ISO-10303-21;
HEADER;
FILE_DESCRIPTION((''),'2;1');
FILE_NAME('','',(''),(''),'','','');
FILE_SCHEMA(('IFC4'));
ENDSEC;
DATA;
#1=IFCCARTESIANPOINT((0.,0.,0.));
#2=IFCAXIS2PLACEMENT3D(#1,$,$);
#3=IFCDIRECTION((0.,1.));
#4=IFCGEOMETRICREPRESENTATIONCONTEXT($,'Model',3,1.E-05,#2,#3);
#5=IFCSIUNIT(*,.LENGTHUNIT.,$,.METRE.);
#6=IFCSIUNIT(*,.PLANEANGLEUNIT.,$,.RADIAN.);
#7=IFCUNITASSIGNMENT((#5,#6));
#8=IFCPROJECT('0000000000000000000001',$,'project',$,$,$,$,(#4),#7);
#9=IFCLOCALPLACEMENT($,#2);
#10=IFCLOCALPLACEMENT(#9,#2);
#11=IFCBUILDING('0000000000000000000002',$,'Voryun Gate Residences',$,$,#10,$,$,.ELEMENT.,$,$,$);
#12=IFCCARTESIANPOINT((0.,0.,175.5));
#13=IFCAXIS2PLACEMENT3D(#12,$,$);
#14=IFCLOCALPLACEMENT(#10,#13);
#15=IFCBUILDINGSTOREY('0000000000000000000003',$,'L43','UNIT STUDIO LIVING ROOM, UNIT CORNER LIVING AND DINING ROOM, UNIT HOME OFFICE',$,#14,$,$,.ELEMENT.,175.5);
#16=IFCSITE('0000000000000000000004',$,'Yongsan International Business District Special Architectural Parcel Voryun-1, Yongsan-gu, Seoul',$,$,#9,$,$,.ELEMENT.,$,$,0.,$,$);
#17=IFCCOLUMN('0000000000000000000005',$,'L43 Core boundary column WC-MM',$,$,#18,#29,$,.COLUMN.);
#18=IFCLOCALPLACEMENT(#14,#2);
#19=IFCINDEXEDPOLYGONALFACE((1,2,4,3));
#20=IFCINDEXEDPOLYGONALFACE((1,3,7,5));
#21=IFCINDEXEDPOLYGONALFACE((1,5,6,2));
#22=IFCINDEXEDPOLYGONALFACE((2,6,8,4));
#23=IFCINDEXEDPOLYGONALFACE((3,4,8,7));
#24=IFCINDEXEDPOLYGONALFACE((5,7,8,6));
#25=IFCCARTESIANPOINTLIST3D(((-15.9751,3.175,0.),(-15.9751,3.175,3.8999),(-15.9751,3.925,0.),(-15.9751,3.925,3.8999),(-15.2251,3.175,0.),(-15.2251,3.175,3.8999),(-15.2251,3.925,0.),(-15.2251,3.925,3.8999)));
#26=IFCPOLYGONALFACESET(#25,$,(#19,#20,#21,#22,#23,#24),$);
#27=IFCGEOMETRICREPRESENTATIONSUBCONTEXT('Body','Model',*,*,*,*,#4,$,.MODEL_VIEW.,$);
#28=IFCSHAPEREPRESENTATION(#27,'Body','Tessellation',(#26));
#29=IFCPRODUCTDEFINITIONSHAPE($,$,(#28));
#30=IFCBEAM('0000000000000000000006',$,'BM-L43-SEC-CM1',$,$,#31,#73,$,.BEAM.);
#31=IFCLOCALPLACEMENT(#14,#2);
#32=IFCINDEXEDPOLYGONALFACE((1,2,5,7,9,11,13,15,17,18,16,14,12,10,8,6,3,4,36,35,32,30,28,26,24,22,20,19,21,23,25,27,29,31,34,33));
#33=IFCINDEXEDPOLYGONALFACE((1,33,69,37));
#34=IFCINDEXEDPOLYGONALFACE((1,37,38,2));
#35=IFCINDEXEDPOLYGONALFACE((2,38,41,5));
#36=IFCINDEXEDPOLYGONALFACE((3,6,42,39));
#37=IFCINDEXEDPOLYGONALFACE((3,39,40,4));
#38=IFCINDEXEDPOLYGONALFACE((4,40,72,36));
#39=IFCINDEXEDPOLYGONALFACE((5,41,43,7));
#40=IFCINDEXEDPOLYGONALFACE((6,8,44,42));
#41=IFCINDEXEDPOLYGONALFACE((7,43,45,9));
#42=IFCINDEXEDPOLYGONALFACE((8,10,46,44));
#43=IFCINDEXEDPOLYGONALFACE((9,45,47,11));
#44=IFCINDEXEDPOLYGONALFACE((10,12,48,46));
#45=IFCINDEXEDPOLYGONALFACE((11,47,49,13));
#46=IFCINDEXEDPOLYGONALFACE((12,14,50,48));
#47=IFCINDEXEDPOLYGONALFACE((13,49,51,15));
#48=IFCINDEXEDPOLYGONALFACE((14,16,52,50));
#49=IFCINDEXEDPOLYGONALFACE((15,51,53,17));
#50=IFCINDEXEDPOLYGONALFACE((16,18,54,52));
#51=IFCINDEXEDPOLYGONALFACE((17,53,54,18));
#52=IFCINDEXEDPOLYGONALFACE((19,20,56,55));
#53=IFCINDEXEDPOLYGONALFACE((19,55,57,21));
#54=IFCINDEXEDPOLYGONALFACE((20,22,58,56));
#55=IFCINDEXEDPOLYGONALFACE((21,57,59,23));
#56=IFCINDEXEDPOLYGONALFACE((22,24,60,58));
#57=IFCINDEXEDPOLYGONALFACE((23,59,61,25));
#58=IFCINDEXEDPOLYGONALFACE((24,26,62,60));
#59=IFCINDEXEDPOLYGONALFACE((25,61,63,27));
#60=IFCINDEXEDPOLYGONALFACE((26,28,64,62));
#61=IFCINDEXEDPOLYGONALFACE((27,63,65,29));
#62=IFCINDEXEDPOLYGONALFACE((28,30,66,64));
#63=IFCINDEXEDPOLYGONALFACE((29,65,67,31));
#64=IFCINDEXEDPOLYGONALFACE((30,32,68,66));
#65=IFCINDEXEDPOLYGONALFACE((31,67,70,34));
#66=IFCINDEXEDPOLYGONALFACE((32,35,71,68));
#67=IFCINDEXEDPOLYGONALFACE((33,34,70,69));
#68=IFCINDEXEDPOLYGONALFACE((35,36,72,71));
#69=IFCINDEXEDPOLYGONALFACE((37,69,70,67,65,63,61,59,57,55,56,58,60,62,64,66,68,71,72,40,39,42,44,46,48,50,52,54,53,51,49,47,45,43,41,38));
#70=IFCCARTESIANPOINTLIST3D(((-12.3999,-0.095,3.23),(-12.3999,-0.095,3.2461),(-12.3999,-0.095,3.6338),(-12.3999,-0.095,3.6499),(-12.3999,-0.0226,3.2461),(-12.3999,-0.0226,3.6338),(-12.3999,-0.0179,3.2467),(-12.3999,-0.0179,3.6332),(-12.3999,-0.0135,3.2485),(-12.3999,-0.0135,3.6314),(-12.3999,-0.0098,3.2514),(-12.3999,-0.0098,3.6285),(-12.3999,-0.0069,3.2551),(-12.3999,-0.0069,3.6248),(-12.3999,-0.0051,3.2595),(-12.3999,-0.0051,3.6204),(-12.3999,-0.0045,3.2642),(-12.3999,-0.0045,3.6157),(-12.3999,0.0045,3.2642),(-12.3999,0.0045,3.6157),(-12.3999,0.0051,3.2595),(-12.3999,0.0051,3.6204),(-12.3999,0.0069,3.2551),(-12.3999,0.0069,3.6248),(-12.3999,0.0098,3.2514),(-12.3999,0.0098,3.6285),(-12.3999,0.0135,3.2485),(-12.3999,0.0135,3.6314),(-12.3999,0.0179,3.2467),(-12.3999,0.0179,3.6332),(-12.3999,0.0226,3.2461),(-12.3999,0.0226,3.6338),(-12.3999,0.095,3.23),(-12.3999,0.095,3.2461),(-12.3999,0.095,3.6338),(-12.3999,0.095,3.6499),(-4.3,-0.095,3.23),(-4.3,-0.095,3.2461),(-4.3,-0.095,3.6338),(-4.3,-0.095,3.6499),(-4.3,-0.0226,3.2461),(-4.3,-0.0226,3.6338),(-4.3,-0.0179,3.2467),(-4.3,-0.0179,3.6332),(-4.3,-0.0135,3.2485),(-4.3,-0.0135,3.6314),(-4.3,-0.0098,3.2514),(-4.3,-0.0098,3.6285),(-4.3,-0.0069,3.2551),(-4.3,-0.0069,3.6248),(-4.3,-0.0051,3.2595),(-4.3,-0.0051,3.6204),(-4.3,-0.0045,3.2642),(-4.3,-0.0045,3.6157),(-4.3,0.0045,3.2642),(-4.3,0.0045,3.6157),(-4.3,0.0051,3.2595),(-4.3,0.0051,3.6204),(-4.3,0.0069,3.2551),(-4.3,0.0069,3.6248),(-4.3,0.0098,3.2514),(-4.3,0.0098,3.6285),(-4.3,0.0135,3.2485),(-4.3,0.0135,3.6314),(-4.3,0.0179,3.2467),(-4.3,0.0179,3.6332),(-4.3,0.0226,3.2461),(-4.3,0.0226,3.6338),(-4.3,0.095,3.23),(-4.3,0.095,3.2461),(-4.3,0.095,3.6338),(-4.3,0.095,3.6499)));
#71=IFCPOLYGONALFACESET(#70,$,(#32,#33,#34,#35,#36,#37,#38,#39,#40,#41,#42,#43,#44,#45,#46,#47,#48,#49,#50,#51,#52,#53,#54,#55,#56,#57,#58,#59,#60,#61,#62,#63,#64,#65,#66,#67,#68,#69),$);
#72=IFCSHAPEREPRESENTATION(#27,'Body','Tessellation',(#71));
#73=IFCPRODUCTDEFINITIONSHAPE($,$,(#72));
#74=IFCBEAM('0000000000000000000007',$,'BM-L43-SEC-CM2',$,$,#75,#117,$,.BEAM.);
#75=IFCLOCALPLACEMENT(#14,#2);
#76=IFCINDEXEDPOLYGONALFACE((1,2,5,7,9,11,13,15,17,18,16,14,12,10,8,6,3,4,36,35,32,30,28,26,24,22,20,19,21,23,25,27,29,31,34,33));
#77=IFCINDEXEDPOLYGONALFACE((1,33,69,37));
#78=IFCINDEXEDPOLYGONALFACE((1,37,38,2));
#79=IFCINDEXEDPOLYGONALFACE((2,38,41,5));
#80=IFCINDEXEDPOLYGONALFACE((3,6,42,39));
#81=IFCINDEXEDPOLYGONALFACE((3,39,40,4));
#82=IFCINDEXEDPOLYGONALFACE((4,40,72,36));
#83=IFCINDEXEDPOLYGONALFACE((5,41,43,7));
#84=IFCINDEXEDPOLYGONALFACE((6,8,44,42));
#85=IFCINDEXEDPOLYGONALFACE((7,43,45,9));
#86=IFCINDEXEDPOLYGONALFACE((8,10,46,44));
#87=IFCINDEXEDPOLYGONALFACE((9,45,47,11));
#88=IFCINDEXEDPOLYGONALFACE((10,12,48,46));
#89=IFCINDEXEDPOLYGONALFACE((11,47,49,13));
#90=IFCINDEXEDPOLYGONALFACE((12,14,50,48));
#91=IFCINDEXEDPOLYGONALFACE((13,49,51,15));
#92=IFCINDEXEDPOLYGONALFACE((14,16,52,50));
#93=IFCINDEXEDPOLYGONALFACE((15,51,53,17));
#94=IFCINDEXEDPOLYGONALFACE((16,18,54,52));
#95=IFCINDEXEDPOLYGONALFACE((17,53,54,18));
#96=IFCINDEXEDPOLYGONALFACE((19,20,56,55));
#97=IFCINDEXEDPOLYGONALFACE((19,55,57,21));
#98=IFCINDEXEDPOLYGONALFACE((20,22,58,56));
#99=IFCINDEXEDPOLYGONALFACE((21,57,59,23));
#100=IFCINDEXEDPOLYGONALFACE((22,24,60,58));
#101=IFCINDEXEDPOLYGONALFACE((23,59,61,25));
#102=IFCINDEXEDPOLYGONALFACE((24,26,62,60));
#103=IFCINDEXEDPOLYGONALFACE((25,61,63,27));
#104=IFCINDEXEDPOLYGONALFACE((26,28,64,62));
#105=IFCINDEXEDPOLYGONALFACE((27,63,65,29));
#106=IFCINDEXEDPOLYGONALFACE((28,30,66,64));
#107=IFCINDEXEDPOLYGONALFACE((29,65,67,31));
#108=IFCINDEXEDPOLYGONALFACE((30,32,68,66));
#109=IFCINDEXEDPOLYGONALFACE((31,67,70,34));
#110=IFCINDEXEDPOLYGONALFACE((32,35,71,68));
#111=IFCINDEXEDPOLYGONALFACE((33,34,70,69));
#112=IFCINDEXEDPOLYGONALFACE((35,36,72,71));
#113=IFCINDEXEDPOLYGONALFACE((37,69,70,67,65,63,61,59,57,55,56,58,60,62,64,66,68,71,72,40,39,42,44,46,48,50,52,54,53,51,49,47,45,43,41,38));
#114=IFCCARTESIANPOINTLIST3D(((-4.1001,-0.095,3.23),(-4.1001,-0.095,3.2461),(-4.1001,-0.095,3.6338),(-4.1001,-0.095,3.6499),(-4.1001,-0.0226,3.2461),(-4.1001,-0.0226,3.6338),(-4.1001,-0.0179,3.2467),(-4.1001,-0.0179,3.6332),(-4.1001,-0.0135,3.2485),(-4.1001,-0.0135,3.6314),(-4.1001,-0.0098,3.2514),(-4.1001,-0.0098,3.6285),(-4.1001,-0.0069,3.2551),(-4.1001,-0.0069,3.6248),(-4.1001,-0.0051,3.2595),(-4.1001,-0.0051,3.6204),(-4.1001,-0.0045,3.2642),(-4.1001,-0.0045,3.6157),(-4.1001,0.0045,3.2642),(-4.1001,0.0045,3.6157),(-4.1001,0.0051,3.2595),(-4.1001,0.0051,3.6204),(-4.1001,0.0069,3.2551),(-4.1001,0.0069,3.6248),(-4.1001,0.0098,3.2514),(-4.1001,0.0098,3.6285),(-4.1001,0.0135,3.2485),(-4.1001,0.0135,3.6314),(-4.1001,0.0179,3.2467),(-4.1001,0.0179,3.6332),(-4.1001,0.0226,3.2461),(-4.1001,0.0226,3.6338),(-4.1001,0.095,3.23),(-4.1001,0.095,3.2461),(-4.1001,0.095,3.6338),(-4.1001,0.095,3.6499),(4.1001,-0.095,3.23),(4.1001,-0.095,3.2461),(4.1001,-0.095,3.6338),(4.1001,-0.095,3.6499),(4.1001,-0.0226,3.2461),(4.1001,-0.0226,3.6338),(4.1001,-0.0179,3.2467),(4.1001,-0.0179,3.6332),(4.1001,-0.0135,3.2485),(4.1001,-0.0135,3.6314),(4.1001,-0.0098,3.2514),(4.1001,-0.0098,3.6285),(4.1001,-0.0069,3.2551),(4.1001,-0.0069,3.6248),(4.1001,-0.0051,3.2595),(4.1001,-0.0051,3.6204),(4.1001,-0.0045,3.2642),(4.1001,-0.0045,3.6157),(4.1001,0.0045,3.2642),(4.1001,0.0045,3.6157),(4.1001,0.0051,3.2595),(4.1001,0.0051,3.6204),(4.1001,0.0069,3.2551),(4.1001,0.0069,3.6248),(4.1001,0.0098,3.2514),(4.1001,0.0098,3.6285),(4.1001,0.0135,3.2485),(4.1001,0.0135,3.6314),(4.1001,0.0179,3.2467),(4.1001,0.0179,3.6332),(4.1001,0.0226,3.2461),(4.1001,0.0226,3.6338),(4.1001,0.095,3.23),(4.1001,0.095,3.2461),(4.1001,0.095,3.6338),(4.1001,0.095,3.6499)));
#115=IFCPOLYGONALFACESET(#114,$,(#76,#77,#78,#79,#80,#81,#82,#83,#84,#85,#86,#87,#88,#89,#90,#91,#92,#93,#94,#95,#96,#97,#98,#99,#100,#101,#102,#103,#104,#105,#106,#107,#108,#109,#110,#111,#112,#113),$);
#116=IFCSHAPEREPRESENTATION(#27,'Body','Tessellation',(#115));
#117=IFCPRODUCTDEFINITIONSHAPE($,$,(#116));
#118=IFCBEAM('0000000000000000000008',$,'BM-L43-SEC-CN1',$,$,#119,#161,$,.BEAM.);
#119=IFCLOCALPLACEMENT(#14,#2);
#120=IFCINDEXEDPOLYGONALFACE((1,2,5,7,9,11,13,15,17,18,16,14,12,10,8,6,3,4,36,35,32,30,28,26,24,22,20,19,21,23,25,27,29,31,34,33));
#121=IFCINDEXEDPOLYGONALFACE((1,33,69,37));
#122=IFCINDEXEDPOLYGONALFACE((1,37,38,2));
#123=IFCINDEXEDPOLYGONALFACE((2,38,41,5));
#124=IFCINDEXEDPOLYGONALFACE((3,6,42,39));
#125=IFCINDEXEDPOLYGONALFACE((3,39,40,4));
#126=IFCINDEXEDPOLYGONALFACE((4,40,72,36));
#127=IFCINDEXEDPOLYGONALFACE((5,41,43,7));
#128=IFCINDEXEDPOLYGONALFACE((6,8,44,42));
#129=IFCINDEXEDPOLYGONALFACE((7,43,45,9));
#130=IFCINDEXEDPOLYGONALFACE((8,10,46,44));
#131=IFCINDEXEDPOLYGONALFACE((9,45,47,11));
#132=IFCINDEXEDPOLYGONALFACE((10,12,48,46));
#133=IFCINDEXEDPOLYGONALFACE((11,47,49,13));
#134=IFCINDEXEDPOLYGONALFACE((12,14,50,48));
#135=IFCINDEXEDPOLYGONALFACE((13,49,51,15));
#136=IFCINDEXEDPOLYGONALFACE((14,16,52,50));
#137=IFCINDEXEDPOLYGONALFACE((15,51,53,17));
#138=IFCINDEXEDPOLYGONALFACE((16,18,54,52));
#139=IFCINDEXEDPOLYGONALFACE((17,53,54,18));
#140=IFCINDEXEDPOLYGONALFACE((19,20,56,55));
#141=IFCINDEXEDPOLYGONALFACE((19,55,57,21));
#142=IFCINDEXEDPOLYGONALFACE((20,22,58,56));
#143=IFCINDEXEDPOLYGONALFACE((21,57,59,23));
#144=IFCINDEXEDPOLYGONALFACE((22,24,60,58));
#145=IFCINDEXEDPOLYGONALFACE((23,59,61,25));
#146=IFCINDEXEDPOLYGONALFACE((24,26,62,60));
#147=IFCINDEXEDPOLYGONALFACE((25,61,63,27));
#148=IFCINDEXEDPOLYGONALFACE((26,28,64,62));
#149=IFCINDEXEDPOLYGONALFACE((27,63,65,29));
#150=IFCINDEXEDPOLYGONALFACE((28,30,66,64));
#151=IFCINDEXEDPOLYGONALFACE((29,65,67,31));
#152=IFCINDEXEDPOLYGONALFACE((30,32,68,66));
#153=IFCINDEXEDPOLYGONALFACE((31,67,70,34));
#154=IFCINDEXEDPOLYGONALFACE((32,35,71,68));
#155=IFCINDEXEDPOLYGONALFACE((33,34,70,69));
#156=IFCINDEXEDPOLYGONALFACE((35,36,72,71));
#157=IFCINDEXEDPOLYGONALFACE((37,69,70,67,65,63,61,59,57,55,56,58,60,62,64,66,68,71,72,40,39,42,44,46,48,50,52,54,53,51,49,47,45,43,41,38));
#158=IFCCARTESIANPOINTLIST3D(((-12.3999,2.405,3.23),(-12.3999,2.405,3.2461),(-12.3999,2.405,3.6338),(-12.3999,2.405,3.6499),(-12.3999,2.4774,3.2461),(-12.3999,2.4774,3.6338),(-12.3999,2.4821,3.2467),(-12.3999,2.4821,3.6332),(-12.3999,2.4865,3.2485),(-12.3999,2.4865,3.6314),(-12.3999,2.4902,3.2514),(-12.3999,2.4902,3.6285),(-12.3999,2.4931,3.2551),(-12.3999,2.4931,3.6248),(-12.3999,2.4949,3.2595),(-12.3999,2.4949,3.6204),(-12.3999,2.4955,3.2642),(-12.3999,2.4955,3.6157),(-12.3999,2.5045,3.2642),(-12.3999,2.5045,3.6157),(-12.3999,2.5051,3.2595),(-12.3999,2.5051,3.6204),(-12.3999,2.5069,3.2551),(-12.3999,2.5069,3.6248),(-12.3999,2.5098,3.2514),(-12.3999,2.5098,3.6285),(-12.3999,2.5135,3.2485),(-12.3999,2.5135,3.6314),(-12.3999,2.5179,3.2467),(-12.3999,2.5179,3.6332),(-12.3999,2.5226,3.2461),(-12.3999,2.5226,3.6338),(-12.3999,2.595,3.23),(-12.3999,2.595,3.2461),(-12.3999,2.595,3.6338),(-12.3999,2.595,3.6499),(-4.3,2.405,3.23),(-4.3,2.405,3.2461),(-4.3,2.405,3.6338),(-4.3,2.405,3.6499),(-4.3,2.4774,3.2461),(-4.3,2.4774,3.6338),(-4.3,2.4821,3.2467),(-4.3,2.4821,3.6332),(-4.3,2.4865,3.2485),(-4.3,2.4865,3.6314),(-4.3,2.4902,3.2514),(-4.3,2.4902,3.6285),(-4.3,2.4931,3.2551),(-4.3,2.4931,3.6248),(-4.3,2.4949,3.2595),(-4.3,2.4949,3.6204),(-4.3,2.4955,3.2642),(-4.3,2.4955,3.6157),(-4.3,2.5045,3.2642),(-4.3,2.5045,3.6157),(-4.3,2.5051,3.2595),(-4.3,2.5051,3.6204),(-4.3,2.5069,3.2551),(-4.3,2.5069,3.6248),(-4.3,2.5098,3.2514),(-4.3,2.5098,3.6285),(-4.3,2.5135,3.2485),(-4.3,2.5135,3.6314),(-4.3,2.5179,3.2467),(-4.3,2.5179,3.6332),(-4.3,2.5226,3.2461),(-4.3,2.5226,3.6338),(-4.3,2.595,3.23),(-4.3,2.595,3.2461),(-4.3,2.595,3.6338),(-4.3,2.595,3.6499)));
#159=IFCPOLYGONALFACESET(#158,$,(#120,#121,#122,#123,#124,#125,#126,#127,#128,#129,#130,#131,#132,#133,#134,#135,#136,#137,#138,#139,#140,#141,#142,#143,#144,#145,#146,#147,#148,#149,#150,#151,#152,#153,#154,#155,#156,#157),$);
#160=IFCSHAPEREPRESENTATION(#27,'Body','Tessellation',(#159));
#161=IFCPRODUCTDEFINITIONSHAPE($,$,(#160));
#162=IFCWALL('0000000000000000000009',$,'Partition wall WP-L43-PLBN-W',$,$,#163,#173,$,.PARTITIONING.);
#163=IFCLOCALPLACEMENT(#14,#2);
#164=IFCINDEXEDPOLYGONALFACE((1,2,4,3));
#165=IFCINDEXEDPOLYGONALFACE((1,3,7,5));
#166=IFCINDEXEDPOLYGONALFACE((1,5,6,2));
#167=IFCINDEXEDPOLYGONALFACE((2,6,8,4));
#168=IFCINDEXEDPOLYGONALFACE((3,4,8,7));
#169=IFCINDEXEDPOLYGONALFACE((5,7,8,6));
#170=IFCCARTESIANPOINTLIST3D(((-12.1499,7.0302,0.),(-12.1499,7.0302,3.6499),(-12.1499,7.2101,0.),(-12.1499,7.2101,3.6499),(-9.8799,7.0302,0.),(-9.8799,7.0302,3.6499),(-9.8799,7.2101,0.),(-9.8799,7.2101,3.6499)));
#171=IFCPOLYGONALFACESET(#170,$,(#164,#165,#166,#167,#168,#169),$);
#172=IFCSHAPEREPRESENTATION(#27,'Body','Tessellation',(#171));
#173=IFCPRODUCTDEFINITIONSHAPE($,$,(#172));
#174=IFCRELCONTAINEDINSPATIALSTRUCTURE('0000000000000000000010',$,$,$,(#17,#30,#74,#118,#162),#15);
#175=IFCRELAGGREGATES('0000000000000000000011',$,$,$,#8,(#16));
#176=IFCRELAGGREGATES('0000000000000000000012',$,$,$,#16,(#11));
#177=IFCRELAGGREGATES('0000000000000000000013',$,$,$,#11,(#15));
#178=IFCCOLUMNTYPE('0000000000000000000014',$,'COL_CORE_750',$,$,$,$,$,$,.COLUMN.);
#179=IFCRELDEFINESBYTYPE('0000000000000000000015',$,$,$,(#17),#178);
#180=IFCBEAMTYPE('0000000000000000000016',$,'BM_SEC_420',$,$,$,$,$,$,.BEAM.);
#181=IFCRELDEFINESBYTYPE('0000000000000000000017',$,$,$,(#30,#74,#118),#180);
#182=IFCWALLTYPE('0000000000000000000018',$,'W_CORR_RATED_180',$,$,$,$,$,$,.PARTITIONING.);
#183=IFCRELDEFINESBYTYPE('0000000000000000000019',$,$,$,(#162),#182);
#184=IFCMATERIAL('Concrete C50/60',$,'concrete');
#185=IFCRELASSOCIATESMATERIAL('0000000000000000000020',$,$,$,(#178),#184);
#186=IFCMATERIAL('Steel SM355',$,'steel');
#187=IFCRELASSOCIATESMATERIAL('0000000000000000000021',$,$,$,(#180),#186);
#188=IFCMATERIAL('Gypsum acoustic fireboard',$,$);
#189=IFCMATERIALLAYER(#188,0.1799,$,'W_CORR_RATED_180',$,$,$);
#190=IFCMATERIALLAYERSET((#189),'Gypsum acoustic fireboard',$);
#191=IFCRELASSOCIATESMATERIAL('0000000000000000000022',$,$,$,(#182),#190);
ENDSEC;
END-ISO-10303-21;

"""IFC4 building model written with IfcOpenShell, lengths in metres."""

from ifc_helpers import new_model, si_unit, direction, frame, frame_2d, origin, origin_2d, place, context, subcontext, project, spatial, rectangle, i_section, extrude, material, layer, layer_set, material_profile, profile_set, type_object, element, save


model = new_model("IFC4")

# Units and contexts
model_context = context("Model", 3, precision=1e-05, world=origin(), true_north=direction((0.0, 1.0)))
body_context = subcontext(model_context, "Body", "Model", "MODEL_VIEW")
ifc_project = project(units=[si_unit("LENGTHUNIT", "METRE"), si_unit("PLANEANGLEUNIT", "RADIAN")], contexts=[model_context])

# Site, building, storey
site_placement = place(None, origin())
site = spatial("IfcSite", under=ifc_project, at=site_placement, Name="Yongsan International Business District Special Architectural Parcel Voryun-1, Yongsan-gu, Seoul", CompositionType="ELEMENT", RefElevation=0.0)
building_placement = place(site_placement, origin())
building = spatial("IfcBuilding", under=site, at=building_placement, Name="Voryun Gate Residences", CompositionType="ELEMENT")
storey_placement = place(building_placement, frame((0.0, 0.0, 175.5)))
storey = spatial("IfcBuildingStorey", under=building, at=storey_placement, Name="L43", Description="UNIT STUDIO LIVING ROOM, UNIT CORNER LIVING AND DINING ROOM, UNIT HOME OFFICE", CompositionType="ELEMENT", Elevation=175.5)

# Column
ifc_material_1 = material(Name="Concrete C50/60", Category="concrete")
ifc_material_profile_1 = material_profile(ifc_material_1, rectangle(XDim=0.75, YDim=0.75, at=origin_2d()), Name="RC-750x750")
ifc_profile_set_1 = profile_set([ifc_material_profile_1], Name="Concrete C50/60")
column_type = type_object("IfcColumnType", Name="COL_CORE_750", PredefinedType="COLUMN", material=ifc_profile_set_1)
column_placement = place(storey_placement, frame((-15.6001, 3.55, 0.0), z_axis=(0.0, 0.0, 1.0), x_axis=(1.0, 0.0, 0.0)))
element("IfcColumn", 1, at=column_placement, inside=storey, type_object=column_type, Name="L43 Core boundary column WC-MM", PredefinedType="COLUMN", context=body_context, shape_type="SweptSolid", body=[
    extrude(rectangle(XDim=0.75, YDim=0.75, at=origin_2d()), origin(), (0.0, 0.0, 1.0), 3.8999),
])

# Beams
ifc_material_2 = material(Name="Steel SM355", Category="steel")
ifc_material_profile_2 = material_profile(ifc_material_2, i_section(OverallWidth=0.1899, OverallDepth=0.4199, WebThickness=0.009, FlangeThickness=0.0161, FilletRadius=0.0181, at=origin_2d()), Name="H-420x190x9x16")
ifc_profile_set_2 = profile_set([ifc_material_profile_2], Name="Steel SM355")
beam_type = type_object("IfcBeamType", Name="BM_SEC_420", PredefinedType="BEAM", material=ifc_profile_set_2)
beam_1_placement = place(storey_placement, frame((-12.3999, 0.0, 3.4399), z_axis=(1.0, 0.0, 0.0), x_axis=(0.0, 1.0, 0.0)))
element("IfcBeam", 2, at=beam_1_placement, inside=storey, type_object=beam_type, Name="BM-L43-SEC-CM1", PredefinedType="BEAM", context=body_context, shape_type="SweptSolid", body=[
    extrude(i_section(OverallWidth=0.1899, OverallDepth=0.4199, WebThickness=0.009, FlangeThickness=0.0161, FilletRadius=0.0181, at=origin_2d()), origin(), (0.0, 0.0, 1.0), 8.0999),
])
beam_2_placement = place(storey_placement, frame((-4.1001, 0.0, 3.4399), z_axis=(1.0, 0.0, 0.0), x_axis=(0.0, 1.0, 0.0)))
element("IfcBeam", 3, at=beam_2_placement, inside=storey, type_object=beam_type, Name="BM-L43-SEC-CM2", PredefinedType="BEAM", context=body_context, shape_type="SweptSolid", body=[
    extrude(i_section(OverallWidth=0.1899, OverallDepth=0.4199, WebThickness=0.009, FlangeThickness=0.0161, FilletRadius=0.0181, at=origin_2d()), origin(), (0.0, 0.0, 1.0), 8.2002),
])
beam_3_placement = place(storey_placement, frame((-12.3999, 2.5, 3.4399), z_axis=(1.0, 0.0, 0.0), x_axis=(0.0, 1.0, 0.0)))
element("IfcBeam", 4, at=beam_3_placement, inside=storey, type_object=beam_type, Name="BM-L43-SEC-CN1", PredefinedType="BEAM", context=body_context, shape_type="SweptSolid", body=[
    extrude(i_section(OverallWidth=0.1899, OverallDepth=0.4199, WebThickness=0.009, FlangeThickness=0.0161, FilletRadius=0.0181, at=origin_2d()), origin(), (0.0, 0.0, 1.0), 8.0999),
])

# Wall
ifc_material_3 = material(Name="Gypsum acoustic fireboard")
ifc_layer_1 = layer(ifc_material_3, 0.1799, Name="W_CORR_RATED_180")
ifc_layer_set_1 = layer_set([ifc_layer_1], Name="Gypsum acoustic fireboard")
wall_type_1 = type_object("IfcWallType", Name="W_CORR_RATED_180", PredefinedType="PARTITIONING", material=ifc_layer_set_1)
wall_1_placement = place(storey_placement, frame((-12.1499, 7.1201, 0.0), z_axis=(0.0, 0.0, 1.0), x_axis=(1.0, 0.0, 0.0)))
element("IfcWall", 5, at=wall_1_placement, inside=storey, type_object=wall_type_1, Name="Partition wall WP-L43-PLBN-W", PredefinedType="PARTITIONING", context=body_context, shape_type="SweptSolid", body=[
    extrude(rectangle(XDim=2.27, YDim=0.1799, at=frame_2d((1.135, 0.0))), origin(), (0.0, 0.0, 1.0), 3.6499),
])

save(model, "model.ifc")
